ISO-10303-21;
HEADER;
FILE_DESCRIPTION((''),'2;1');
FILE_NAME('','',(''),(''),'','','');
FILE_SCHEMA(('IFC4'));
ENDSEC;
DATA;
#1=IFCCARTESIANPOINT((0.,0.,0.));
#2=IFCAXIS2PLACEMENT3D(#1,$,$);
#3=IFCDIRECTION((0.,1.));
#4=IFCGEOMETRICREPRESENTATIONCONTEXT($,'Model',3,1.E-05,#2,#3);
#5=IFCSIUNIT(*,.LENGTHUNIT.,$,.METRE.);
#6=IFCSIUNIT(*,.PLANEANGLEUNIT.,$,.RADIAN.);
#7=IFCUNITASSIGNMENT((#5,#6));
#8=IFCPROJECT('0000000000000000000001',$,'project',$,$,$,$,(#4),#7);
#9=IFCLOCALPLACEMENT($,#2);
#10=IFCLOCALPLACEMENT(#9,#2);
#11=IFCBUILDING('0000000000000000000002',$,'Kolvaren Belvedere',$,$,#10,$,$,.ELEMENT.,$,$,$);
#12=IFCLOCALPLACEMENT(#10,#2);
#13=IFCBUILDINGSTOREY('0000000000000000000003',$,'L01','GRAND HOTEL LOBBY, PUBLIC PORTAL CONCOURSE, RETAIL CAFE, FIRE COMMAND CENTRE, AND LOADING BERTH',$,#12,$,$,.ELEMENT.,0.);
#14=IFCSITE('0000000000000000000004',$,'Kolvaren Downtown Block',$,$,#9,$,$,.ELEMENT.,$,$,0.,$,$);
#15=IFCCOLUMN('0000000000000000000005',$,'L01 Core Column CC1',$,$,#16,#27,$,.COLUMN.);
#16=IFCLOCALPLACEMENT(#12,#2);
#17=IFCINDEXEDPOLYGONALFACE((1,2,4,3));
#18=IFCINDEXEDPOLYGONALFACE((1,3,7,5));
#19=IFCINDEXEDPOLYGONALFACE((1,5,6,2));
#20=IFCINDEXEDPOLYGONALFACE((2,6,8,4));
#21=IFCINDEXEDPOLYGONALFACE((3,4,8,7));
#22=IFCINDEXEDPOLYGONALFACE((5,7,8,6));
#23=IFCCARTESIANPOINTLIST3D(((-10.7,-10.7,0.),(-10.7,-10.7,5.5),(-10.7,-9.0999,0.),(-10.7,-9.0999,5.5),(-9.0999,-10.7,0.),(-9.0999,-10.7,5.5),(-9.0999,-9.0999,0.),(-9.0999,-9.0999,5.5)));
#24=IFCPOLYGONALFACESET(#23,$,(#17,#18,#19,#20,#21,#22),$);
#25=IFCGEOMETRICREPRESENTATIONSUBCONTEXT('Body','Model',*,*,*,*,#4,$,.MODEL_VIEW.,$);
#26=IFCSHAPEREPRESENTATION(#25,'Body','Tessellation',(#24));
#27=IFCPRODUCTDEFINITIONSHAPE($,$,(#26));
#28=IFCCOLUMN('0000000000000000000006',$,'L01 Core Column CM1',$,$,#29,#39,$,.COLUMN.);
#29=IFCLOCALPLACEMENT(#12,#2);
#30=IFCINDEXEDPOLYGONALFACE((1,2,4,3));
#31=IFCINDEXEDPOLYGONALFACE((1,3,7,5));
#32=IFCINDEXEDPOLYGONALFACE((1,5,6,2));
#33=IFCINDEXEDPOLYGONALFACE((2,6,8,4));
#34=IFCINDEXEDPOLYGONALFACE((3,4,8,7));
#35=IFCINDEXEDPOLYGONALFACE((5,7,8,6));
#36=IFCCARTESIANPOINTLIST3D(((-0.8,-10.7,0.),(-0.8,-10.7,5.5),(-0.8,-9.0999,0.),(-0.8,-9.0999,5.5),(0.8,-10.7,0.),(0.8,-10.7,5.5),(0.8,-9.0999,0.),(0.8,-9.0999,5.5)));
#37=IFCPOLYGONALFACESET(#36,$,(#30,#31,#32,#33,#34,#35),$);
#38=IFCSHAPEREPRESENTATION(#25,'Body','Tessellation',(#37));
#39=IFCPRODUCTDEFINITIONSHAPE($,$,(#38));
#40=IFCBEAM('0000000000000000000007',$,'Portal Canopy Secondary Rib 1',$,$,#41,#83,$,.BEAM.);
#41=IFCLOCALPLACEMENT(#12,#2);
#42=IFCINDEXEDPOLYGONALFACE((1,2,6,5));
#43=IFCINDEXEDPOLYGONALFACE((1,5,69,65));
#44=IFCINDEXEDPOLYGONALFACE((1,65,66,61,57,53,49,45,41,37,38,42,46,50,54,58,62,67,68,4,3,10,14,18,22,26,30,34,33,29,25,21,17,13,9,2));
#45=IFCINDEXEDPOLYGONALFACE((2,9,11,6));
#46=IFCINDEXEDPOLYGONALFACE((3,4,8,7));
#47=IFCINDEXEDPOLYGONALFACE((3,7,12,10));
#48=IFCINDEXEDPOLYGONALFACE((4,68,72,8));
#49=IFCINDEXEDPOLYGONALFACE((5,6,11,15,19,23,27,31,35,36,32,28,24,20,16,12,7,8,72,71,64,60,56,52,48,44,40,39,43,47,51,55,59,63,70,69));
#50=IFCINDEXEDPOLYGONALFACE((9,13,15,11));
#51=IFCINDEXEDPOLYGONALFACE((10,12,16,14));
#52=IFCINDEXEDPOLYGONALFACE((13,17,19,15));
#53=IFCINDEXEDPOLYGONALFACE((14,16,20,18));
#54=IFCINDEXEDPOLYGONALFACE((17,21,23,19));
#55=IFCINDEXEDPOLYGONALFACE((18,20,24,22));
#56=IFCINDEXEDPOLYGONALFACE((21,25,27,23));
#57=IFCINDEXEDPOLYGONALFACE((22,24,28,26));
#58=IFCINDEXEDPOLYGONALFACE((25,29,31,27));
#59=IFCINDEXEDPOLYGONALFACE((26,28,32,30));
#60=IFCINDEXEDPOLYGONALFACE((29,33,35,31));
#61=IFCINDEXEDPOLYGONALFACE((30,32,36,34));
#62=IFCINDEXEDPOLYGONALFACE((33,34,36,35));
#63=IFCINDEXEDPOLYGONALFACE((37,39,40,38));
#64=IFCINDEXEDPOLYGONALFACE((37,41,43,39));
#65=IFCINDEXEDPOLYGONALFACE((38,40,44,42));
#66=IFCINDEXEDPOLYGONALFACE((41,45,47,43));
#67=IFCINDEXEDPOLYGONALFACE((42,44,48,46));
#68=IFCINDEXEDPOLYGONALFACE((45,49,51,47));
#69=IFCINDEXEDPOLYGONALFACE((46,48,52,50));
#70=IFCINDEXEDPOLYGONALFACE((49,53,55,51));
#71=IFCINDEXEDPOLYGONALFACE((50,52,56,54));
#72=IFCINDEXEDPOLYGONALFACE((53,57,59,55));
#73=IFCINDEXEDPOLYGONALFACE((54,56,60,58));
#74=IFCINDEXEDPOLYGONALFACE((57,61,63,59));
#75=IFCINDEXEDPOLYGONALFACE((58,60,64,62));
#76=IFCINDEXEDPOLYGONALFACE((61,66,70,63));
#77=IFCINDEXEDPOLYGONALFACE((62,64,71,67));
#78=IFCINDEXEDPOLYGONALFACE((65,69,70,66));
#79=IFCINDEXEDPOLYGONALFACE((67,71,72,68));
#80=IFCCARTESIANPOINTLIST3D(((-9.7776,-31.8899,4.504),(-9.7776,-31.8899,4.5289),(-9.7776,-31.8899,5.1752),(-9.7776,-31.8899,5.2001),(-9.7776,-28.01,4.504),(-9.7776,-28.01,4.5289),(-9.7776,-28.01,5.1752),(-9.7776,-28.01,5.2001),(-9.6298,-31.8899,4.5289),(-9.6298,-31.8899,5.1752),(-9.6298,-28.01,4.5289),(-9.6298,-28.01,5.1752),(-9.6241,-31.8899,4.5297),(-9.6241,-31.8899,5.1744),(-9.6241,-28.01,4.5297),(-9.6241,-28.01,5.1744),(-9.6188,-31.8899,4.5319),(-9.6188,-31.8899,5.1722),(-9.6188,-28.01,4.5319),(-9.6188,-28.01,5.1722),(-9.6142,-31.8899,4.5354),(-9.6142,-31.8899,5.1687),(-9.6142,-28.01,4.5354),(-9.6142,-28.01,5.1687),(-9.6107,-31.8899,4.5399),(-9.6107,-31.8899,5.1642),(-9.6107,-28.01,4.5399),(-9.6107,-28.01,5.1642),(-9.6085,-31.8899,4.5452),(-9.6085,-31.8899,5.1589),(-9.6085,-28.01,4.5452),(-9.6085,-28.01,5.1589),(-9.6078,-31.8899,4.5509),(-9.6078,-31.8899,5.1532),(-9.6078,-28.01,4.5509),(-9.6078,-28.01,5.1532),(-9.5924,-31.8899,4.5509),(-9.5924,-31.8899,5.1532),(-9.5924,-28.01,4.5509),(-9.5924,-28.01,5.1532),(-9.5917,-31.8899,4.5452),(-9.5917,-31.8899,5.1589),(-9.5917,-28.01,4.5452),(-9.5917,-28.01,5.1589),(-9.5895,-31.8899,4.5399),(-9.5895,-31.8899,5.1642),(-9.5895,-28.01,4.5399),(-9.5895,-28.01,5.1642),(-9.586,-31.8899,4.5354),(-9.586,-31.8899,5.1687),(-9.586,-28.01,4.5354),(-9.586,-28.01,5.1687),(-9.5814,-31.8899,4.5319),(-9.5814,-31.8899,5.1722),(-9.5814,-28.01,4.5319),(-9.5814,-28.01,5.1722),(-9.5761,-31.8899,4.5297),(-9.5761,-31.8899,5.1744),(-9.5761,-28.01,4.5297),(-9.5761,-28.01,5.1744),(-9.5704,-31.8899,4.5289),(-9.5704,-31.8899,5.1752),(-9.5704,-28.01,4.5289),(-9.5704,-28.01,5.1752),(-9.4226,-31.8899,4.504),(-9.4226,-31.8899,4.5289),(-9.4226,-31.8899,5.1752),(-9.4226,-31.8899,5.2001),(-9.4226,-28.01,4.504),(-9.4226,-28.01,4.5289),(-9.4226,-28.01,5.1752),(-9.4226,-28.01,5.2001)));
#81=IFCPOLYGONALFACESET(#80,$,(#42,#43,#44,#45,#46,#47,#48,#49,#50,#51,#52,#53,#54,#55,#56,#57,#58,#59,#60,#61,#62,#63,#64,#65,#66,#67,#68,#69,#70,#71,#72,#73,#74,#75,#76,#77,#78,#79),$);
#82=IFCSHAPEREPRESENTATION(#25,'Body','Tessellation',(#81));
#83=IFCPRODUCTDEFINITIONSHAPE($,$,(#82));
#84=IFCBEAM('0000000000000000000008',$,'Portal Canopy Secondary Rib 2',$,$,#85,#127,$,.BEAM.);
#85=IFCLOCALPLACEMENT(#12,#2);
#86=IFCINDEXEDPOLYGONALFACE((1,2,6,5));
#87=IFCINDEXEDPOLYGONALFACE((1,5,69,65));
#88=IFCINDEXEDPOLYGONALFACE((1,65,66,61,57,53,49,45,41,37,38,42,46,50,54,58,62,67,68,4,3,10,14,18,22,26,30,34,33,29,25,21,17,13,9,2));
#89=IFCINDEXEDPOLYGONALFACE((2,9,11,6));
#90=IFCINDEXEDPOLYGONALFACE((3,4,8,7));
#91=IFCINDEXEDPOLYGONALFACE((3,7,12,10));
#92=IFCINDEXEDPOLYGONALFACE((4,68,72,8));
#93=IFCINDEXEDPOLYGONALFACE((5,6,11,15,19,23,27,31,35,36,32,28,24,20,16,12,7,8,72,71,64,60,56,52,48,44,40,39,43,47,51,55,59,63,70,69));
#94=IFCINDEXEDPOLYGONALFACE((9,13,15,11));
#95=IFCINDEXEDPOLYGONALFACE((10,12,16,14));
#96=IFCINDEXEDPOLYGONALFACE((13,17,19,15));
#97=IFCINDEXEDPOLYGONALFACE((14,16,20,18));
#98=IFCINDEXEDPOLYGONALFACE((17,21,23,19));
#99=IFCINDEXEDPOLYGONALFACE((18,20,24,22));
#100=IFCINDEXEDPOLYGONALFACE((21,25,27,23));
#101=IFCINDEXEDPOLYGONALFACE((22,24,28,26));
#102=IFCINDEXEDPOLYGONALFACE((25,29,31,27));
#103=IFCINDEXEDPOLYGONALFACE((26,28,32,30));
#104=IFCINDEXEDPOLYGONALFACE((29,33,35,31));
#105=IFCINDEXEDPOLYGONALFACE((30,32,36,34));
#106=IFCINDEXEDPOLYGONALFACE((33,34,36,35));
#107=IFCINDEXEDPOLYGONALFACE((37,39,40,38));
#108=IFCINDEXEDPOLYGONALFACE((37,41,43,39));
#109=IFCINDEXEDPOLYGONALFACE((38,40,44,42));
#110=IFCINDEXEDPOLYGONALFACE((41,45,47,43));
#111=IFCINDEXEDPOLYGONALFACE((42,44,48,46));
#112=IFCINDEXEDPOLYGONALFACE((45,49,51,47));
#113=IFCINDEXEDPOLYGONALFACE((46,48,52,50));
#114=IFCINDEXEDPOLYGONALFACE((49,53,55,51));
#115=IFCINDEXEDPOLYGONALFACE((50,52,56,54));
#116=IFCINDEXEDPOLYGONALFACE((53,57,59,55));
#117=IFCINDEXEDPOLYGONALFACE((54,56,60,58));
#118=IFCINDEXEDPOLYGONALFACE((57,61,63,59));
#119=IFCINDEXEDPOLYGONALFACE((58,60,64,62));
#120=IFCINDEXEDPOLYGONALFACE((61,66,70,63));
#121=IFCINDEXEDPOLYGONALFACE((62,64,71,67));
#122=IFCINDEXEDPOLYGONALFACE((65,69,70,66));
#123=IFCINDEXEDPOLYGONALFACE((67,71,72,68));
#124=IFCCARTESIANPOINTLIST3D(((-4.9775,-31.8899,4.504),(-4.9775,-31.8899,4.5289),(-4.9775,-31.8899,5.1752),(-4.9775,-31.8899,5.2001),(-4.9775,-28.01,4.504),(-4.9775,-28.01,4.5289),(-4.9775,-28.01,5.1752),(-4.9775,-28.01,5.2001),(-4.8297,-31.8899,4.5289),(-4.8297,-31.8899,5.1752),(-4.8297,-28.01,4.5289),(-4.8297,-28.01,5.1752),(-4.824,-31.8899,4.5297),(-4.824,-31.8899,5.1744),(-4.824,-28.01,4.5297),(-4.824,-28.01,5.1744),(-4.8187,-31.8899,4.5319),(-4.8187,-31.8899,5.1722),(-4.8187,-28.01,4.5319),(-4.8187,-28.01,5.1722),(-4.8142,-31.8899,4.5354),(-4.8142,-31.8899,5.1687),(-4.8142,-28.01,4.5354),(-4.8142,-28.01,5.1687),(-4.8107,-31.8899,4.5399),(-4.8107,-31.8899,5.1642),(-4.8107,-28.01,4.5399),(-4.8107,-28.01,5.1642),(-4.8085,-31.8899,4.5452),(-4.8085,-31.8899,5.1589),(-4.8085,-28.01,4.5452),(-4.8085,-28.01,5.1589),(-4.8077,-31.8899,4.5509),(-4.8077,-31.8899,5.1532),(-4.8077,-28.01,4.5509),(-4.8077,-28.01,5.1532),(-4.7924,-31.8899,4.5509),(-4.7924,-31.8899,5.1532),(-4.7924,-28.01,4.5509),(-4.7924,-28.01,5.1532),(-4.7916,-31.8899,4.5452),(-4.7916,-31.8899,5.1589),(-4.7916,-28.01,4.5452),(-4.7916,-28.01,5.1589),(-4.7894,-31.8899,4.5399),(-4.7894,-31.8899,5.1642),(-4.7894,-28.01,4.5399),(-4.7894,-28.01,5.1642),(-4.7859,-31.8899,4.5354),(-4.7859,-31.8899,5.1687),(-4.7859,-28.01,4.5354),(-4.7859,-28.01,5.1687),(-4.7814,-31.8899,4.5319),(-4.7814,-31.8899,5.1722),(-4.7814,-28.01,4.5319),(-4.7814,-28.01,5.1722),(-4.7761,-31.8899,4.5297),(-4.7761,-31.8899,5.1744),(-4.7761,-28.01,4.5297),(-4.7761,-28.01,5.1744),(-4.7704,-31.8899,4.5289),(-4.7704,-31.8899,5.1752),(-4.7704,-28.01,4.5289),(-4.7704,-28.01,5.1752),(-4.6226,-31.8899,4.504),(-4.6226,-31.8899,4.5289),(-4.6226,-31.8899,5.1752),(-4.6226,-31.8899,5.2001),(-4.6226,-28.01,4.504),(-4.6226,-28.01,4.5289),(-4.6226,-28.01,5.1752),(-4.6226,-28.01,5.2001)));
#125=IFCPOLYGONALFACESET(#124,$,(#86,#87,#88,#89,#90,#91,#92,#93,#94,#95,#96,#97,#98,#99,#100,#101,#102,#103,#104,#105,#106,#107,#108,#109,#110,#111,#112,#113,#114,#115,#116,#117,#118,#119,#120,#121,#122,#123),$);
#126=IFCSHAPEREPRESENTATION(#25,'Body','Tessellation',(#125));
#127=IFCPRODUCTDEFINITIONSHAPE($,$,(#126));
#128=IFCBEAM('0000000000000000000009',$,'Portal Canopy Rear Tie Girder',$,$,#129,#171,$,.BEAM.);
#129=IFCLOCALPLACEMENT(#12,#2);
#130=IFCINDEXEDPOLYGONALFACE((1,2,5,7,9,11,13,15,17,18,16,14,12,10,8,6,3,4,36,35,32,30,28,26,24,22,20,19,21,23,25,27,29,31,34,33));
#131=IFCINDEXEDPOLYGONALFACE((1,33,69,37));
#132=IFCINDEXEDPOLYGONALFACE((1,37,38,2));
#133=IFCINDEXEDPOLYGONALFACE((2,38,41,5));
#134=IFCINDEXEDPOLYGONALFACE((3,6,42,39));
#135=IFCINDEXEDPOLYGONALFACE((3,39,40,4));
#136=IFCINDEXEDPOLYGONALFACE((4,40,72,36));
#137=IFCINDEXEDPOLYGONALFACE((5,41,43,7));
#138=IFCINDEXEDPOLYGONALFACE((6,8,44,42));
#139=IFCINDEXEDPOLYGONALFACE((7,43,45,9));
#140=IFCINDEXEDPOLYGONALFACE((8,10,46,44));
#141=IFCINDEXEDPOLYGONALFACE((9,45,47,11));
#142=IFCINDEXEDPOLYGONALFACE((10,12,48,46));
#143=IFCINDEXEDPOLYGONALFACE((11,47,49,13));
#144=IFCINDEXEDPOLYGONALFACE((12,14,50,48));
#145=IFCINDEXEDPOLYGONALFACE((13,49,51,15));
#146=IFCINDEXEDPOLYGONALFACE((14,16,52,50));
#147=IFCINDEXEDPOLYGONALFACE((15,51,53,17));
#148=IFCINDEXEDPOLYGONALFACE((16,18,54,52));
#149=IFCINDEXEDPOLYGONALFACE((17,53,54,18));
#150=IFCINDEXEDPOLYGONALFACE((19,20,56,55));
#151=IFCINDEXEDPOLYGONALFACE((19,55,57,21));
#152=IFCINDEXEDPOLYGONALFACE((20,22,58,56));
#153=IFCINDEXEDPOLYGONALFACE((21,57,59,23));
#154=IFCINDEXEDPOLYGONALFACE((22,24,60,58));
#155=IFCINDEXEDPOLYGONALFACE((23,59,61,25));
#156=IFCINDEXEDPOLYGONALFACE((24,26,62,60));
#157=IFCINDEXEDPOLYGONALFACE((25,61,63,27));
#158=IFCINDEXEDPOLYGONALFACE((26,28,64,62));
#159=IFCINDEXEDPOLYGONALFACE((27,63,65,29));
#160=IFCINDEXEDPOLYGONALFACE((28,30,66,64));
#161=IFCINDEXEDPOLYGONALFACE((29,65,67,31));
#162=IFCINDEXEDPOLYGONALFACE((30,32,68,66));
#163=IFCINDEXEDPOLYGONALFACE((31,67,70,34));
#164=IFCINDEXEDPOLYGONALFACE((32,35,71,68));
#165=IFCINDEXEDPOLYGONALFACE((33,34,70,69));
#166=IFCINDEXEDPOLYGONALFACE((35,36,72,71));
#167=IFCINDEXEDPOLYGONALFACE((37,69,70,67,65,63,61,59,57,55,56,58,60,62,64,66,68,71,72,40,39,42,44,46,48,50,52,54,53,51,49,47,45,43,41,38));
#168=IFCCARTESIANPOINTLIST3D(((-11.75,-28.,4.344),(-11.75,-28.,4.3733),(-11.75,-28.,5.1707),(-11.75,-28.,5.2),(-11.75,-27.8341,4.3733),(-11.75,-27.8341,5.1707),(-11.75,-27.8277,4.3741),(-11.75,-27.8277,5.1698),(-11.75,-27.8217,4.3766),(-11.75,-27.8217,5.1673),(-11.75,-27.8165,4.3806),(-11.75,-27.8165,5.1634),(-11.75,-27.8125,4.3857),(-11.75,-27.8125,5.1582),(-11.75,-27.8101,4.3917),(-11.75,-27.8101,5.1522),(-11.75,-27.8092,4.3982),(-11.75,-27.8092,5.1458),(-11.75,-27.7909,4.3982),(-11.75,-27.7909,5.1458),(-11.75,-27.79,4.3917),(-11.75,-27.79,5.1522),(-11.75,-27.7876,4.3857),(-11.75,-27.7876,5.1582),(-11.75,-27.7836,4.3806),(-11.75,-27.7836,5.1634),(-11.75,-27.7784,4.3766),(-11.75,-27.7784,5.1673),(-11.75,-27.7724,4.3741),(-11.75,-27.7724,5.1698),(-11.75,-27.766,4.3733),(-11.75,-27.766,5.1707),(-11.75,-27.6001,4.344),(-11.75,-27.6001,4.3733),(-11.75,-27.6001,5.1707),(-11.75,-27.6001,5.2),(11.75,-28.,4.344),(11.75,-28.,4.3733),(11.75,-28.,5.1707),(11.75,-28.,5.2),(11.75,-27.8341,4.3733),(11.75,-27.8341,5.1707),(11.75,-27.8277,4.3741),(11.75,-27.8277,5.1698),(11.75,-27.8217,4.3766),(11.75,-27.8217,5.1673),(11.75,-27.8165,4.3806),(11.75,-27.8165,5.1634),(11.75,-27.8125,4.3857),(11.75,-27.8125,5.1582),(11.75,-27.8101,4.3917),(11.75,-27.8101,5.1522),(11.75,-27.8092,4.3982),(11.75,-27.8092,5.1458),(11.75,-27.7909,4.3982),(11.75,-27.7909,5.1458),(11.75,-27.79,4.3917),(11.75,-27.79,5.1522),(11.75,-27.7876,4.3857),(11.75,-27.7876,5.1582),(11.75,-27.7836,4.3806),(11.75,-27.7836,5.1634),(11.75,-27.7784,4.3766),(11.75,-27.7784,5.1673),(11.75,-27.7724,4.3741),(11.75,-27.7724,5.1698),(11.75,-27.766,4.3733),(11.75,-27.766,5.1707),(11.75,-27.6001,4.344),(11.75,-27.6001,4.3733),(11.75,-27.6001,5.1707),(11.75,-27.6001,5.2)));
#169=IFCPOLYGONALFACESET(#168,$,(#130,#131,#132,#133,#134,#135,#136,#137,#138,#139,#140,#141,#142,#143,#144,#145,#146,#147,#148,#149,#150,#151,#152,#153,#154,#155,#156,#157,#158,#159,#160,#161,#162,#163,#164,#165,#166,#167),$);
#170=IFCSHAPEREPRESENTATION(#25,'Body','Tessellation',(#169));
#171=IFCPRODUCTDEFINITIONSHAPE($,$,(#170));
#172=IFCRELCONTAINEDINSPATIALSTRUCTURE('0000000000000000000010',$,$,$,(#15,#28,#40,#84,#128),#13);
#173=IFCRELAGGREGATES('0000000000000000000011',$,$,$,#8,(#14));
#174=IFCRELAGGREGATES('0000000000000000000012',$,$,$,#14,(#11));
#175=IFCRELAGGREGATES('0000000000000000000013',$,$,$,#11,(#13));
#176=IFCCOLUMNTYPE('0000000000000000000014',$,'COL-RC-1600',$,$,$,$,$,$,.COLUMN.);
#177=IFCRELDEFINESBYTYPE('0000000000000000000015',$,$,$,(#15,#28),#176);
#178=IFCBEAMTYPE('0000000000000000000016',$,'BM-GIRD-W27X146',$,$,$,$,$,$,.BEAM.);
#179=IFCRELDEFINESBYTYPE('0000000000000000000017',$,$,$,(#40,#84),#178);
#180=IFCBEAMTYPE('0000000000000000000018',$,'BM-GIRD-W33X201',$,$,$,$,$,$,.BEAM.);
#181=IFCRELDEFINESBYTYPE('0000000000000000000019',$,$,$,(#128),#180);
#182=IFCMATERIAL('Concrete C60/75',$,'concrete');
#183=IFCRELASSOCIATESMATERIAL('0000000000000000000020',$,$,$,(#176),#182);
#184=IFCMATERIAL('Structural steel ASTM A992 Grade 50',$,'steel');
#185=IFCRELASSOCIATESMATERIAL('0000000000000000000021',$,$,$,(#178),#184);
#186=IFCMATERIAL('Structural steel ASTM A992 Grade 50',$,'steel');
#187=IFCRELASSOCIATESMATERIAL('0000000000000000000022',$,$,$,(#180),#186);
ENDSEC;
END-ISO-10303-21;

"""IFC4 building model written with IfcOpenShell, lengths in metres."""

from ifc_helpers import new_model, si_unit, direction, frame, origin, origin_2d, place, context, subcontext, project, spatial, rectangle, i_section, extrude, material, material_profile, profile_set, type_object, element, save


model = new_model("IFC4")

# Units and contexts
model_context = context("Model", 3, precision=1e-05, world=origin(), true_north=direction((0.0, 1.0)))
body_context = subcontext(model_context, "Body", "Model", "MODEL_VIEW")
ifc_project = project(units=[si_unit("LENGTHUNIT", "METRE"), si_unit("PLANEANGLEUNIT", "RADIAN")], contexts=[model_context])

# Site, building, storey
site_placement = place(None, origin())
site = spatial("IfcSite", under=ifc_project, at=site_placement, Name="Kolvaren Downtown Block", CompositionType="ELEMENT", RefElevation=0.0)
building_placement = place(site_placement, origin())
building = spatial("IfcBuilding", under=site, at=building_placement, Name="Kolvaren Belvedere", CompositionType="ELEMENT")
storey_placement = place(building_placement, origin())
storey = spatial("IfcBuildingStorey", under=building, at=storey_placement, Name="L01", Description="GRAND HOTEL LOBBY, PUBLIC PORTAL CONCOURSE, RETAIL CAFE, FIRE COMMAND CENTRE, AND LOADING BERTH", CompositionType="ELEMENT", Elevation=0.0)

# Columns
ifc_material_1 = material(Name="Concrete C60/75", Category="concrete")
ifc_material_profile_1 = material_profile(ifc_material_1, rectangle(XDim=1.6001, YDim=1.6001, at=origin_2d()), Name="RC 1600X1600")
ifc_profile_set_1 = profile_set([ifc_material_profile_1], Name="Concrete C60/75")
column_type = type_object("IfcColumnType", Name="COL-RC-1600", PredefinedType="COLUMN", material=ifc_profile_set_1)
for number, where, z_axis, x_axis, name in (
    (1, (-9.8999, -9.8999, 0.0), (0.0, 0.0, 1.0), (1.0, 0.0, 0.0), "L01 Core Column CC1"),
    (2, (0.0, -9.8999, 0.0), (0.0, 0.0, 1.0), (1.0, 0.0, 0.0), "L01 Core Column CM1"),
):
    element("IfcColumn", number, at=place(storey_placement, frame(where, z_axis=z_axis, x_axis=x_axis)), inside=storey, type_object=column_type, Name=name, PredefinedType="COLUMN", context=body_context, shape_type="SweptSolid", body=[
        extrude(rectangle(XDim=1.6001, YDim=1.6001, at=origin_2d()), origin(), (0.0, 0.0, 1.0), 5.5),
    ])

# Beams
ifc_material_2 = material(Name="Structural steel ASTM A992 Grade 50", Category="steel")
ifc_material_profile_2 = material_profile(ifc_material_2, i_section(OverallWidth=0.355, OverallDepth=0.696, WebThickness=0.0154, FlangeThickness=0.0249, FilletRadius=0.022, at=origin_2d()), Name="W27X146")
ifc_profile_set_2 = profile_set([ifc_material_profile_2], Name="Structural steel ASTM A992 Grade 50")
beam_type_1 = type_object("IfcBeamType", Name="BM-GIRD-W27X146", PredefinedType="BEAM", material=ifc_profile_set_2)
for number, where, z_axis, x_axis, name in (
    (3, (-9.6001, -28.01, 4.8521), (0.0, -1.0, 0.0), (1.0, 0.0, 0.0), "Portal Canopy Secondary Rib 1"),
    (4, (-4.8, -28.01, 4.8521), (0.0, -1.0, 0.0), (1.0, 0.0, 0.0), "Portal Canopy Secondary Rib 2"),
):
    element("IfcBeam", number, at=place(storey_placement, frame(where, z_axis=z_axis, x_axis=x_axis)), inside=storey, type_object=beam_type_1, Name=name, PredefinedType="BEAM", context=body_context, shape_type="SweptSolid", body=[
        extrude(i_section(OverallWidth=0.355, OverallDepth=0.696, WebThickness=0.0154, FlangeThickness=0.0249, FilletRadius=0.022, at=origin_2d()), origin(), (0.0, 0.0, 1.0), 3.8799),
    ])
ifc_material_3 = material(Name="Structural steel ASTM A992 Grade 50", Category="steel")
ifc_material_profile_3 = material_profile(ifc_material_3, i_section(OverallWidth=0.3999, OverallDepth=0.856, WebThickness=0.0183, FlangeThickness=0.0293, FilletRadius=0.0249, at=origin_2d()), Name="W33X201")
ifc_profile_set_3 = profile_set([ifc_material_profile_3], Name="Structural steel ASTM A992 Grade 50")
beam_type_2 = type_object("IfcBeamType", Name="BM-GIRD-W33X201", PredefinedType="BEAM", material=ifc_profile_set_3)
beam_1_placement = place(storey_placement, frame((-11.75, -27.8, 4.772), z_axis=(1.0, 0.0, 0.0), x_axis=(0.0, 1.0, 0.0)))
element("IfcBeam", 5, at=beam_1_placement, inside=storey, type_object=beam_type_2, Name="Portal Canopy Rear Tie Girder", PredefinedType="BEAM", context=body_context, shape_type="SweptSolid", body=[
    extrude(i_section(OverallWidth=0.3999, OverallDepth=0.856, WebThickness=0.0183, FlangeThickness=0.0293, FilletRadius=0.0249, at=origin_2d()), origin(), (0.0, 0.0, 1.0), 23.5),
])

save(model, "model.ifc")
